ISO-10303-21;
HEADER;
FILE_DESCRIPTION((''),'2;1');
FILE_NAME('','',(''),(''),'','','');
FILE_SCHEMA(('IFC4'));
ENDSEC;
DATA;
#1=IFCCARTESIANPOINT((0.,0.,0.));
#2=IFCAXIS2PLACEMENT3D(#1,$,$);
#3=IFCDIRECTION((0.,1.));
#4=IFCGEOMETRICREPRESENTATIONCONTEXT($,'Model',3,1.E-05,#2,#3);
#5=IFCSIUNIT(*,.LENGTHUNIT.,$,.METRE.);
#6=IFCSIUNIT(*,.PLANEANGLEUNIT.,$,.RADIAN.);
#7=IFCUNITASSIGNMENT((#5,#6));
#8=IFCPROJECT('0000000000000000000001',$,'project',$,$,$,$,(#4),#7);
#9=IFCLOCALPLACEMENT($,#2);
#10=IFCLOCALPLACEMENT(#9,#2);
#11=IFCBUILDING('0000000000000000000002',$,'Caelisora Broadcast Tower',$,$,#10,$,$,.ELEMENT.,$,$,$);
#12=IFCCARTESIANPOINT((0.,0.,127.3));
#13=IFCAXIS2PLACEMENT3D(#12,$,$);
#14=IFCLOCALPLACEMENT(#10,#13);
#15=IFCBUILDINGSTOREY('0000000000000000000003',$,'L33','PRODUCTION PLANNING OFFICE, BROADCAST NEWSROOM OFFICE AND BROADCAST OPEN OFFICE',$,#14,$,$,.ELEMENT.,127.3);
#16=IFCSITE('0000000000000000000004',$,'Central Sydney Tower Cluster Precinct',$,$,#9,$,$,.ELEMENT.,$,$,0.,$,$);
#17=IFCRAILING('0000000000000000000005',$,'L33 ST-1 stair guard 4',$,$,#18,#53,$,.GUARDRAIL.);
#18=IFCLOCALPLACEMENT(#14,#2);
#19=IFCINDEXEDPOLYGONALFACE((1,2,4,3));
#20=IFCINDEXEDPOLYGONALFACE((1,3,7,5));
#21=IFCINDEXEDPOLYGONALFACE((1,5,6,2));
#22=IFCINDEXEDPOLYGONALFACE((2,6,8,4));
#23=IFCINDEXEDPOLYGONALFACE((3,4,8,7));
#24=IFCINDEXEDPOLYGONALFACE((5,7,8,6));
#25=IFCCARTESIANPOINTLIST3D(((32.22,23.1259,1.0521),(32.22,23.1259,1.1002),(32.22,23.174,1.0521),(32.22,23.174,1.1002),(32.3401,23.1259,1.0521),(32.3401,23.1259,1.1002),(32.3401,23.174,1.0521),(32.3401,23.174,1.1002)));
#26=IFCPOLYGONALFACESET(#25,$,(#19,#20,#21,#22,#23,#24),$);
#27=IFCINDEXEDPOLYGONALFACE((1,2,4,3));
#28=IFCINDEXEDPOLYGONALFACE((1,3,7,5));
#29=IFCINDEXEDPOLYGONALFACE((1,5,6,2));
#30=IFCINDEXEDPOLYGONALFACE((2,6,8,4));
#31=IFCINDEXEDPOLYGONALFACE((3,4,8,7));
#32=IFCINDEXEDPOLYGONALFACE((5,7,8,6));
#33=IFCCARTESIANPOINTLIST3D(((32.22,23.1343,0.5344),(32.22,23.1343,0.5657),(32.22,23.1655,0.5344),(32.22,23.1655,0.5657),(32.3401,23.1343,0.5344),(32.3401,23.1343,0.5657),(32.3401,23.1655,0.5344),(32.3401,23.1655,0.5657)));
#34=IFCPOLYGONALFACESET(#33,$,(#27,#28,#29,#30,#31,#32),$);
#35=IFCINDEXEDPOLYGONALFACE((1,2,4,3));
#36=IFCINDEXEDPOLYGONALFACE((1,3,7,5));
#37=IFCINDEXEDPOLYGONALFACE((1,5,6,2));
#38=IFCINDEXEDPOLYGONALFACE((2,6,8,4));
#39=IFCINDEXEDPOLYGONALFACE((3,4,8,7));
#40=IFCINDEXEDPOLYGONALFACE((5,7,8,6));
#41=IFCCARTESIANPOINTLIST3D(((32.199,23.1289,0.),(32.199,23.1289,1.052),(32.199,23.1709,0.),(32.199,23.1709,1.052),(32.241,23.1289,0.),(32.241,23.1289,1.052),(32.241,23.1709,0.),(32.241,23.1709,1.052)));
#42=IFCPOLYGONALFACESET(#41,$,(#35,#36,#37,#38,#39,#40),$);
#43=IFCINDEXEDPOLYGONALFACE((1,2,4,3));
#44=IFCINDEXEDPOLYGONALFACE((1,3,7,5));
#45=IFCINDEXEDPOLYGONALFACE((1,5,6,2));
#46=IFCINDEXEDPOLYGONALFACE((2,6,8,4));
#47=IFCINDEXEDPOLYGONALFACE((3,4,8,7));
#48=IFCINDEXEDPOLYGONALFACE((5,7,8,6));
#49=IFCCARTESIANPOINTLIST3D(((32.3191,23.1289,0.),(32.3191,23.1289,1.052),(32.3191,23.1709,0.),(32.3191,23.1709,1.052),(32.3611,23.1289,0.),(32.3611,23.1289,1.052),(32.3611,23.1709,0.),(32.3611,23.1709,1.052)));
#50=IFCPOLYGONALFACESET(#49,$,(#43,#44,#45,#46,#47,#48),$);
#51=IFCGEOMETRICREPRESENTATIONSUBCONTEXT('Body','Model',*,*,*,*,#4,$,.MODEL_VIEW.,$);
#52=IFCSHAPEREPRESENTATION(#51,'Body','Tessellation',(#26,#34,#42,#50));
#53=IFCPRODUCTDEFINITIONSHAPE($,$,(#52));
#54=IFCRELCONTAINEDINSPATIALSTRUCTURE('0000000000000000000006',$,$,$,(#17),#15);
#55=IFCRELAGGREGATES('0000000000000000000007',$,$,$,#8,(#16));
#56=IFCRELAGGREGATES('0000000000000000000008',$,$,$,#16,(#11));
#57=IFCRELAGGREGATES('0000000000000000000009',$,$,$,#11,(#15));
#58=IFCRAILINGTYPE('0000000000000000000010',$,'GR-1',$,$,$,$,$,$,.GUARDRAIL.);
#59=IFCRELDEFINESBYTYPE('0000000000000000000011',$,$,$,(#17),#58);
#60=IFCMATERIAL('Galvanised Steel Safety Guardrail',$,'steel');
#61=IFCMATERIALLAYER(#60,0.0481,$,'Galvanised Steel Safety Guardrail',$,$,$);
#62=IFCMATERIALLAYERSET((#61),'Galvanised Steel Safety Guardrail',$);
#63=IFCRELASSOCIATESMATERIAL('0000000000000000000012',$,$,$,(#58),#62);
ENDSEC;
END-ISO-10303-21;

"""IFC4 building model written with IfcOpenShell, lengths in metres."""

from ifc_helpers import new_model, si_unit, direction, frame, origin, origin_2d, place, context, subcontext, project, spatial, rectangle, extrude, material, layer, layer_set, type_object, element, save


model = new_model("IFC4")

# Units and contexts
model_context = context("Model", 3, precision=1e-05, world=origin(), true_north=direction((0.0, 1.0)))
body_context = subcontext(model_context, "Body", "Model", "MODEL_VIEW")
ifc_project = project(units=[si_unit("LENGTHUNIT", "METRE"), si_unit("PLANEANGLEUNIT", "RADIAN")], contexts=[model_context])

# Site, building, storey
site_placement = place(None, origin())
site = spatial("IfcSite", under=ifc_project, at=site_placement, Name="Central Sydney Tower Cluster Precinct", CompositionType="ELEMENT", RefElevation=0.0)
building_placement = place(site_placement, origin())
building = spatial("IfcBuilding", under=site, at=building_placement, Name="Caelisora Broadcast Tower", CompositionType="ELEMENT")
storey_placement = place(building_placement, frame((0.0, 0.0, 127.3)))
storey = spatial("IfcBuildingStorey", under=building, at=storey_placement, Name="L33", Description="PRODUCTION PLANNING OFFICE, BROADCAST NEWSROOM OFFICE AND BROADCAST OPEN OFFICE", CompositionType="ELEMENT", Elevation=127.3)

# Railing
ifc_material_1 = material(Name="Galvanised Steel Safety Guardrail", Category="steel")
ifc_layer_1 = layer(ifc_material_1, 0.0481, Name="Galvanised Steel Safety Guardrail")
ifc_layer_set_1 = layer_set([ifc_layer_1], Name="Galvanised Steel Safety Guardrail")
railing_type = type_object("IfcRailingType", Name="GR-1", PredefinedType="GUARDRAIL", material=ifc_layer_set_1)
railing_1_placement = place(storey_placement, frame((32.22, 23.1499, 0.0)))
element("IfcRailing", 1, at=railing_1_placement, inside=storey, type_object=railing_type, Name="L33 ST-1 stair guard 4", PredefinedType="GUARDRAIL", context=body_context, shape_type="SweptSolid", body=[
    extrude(rectangle(XDim=0.0481, YDim=0.0481, at=origin_2d()), frame((0.0, 0.0, 1.0762), z_axis=(1.0, 0.0, 0.0), x_axis=(0.0, 1.0, 0.0)), (0.0, 0.0, 1.0), 0.1201),
    extrude(rectangle(XDim=0.0312, YDim=0.0312, at=origin_2d()), frame((0.0, 0.0, 0.55), z_axis=(1.0, 0.0, 0.0), x_axis=(0.0, 1.0, 0.0)), (0.0, 0.0, 1.0), 0.1201),
    extrude(rectangle(XDim=0.042, YDim=0.042, at=origin_2d()), origin(), (0.0, 0.0, 1.0), 1.052),
    extrude(rectangle(XDim=0.042, YDim=0.042, at=origin_2d()), frame((0.1201, 0.0, 0.0)), (0.0, 0.0, 1.0), 1.052),
])

save(model, "model.ifc")
